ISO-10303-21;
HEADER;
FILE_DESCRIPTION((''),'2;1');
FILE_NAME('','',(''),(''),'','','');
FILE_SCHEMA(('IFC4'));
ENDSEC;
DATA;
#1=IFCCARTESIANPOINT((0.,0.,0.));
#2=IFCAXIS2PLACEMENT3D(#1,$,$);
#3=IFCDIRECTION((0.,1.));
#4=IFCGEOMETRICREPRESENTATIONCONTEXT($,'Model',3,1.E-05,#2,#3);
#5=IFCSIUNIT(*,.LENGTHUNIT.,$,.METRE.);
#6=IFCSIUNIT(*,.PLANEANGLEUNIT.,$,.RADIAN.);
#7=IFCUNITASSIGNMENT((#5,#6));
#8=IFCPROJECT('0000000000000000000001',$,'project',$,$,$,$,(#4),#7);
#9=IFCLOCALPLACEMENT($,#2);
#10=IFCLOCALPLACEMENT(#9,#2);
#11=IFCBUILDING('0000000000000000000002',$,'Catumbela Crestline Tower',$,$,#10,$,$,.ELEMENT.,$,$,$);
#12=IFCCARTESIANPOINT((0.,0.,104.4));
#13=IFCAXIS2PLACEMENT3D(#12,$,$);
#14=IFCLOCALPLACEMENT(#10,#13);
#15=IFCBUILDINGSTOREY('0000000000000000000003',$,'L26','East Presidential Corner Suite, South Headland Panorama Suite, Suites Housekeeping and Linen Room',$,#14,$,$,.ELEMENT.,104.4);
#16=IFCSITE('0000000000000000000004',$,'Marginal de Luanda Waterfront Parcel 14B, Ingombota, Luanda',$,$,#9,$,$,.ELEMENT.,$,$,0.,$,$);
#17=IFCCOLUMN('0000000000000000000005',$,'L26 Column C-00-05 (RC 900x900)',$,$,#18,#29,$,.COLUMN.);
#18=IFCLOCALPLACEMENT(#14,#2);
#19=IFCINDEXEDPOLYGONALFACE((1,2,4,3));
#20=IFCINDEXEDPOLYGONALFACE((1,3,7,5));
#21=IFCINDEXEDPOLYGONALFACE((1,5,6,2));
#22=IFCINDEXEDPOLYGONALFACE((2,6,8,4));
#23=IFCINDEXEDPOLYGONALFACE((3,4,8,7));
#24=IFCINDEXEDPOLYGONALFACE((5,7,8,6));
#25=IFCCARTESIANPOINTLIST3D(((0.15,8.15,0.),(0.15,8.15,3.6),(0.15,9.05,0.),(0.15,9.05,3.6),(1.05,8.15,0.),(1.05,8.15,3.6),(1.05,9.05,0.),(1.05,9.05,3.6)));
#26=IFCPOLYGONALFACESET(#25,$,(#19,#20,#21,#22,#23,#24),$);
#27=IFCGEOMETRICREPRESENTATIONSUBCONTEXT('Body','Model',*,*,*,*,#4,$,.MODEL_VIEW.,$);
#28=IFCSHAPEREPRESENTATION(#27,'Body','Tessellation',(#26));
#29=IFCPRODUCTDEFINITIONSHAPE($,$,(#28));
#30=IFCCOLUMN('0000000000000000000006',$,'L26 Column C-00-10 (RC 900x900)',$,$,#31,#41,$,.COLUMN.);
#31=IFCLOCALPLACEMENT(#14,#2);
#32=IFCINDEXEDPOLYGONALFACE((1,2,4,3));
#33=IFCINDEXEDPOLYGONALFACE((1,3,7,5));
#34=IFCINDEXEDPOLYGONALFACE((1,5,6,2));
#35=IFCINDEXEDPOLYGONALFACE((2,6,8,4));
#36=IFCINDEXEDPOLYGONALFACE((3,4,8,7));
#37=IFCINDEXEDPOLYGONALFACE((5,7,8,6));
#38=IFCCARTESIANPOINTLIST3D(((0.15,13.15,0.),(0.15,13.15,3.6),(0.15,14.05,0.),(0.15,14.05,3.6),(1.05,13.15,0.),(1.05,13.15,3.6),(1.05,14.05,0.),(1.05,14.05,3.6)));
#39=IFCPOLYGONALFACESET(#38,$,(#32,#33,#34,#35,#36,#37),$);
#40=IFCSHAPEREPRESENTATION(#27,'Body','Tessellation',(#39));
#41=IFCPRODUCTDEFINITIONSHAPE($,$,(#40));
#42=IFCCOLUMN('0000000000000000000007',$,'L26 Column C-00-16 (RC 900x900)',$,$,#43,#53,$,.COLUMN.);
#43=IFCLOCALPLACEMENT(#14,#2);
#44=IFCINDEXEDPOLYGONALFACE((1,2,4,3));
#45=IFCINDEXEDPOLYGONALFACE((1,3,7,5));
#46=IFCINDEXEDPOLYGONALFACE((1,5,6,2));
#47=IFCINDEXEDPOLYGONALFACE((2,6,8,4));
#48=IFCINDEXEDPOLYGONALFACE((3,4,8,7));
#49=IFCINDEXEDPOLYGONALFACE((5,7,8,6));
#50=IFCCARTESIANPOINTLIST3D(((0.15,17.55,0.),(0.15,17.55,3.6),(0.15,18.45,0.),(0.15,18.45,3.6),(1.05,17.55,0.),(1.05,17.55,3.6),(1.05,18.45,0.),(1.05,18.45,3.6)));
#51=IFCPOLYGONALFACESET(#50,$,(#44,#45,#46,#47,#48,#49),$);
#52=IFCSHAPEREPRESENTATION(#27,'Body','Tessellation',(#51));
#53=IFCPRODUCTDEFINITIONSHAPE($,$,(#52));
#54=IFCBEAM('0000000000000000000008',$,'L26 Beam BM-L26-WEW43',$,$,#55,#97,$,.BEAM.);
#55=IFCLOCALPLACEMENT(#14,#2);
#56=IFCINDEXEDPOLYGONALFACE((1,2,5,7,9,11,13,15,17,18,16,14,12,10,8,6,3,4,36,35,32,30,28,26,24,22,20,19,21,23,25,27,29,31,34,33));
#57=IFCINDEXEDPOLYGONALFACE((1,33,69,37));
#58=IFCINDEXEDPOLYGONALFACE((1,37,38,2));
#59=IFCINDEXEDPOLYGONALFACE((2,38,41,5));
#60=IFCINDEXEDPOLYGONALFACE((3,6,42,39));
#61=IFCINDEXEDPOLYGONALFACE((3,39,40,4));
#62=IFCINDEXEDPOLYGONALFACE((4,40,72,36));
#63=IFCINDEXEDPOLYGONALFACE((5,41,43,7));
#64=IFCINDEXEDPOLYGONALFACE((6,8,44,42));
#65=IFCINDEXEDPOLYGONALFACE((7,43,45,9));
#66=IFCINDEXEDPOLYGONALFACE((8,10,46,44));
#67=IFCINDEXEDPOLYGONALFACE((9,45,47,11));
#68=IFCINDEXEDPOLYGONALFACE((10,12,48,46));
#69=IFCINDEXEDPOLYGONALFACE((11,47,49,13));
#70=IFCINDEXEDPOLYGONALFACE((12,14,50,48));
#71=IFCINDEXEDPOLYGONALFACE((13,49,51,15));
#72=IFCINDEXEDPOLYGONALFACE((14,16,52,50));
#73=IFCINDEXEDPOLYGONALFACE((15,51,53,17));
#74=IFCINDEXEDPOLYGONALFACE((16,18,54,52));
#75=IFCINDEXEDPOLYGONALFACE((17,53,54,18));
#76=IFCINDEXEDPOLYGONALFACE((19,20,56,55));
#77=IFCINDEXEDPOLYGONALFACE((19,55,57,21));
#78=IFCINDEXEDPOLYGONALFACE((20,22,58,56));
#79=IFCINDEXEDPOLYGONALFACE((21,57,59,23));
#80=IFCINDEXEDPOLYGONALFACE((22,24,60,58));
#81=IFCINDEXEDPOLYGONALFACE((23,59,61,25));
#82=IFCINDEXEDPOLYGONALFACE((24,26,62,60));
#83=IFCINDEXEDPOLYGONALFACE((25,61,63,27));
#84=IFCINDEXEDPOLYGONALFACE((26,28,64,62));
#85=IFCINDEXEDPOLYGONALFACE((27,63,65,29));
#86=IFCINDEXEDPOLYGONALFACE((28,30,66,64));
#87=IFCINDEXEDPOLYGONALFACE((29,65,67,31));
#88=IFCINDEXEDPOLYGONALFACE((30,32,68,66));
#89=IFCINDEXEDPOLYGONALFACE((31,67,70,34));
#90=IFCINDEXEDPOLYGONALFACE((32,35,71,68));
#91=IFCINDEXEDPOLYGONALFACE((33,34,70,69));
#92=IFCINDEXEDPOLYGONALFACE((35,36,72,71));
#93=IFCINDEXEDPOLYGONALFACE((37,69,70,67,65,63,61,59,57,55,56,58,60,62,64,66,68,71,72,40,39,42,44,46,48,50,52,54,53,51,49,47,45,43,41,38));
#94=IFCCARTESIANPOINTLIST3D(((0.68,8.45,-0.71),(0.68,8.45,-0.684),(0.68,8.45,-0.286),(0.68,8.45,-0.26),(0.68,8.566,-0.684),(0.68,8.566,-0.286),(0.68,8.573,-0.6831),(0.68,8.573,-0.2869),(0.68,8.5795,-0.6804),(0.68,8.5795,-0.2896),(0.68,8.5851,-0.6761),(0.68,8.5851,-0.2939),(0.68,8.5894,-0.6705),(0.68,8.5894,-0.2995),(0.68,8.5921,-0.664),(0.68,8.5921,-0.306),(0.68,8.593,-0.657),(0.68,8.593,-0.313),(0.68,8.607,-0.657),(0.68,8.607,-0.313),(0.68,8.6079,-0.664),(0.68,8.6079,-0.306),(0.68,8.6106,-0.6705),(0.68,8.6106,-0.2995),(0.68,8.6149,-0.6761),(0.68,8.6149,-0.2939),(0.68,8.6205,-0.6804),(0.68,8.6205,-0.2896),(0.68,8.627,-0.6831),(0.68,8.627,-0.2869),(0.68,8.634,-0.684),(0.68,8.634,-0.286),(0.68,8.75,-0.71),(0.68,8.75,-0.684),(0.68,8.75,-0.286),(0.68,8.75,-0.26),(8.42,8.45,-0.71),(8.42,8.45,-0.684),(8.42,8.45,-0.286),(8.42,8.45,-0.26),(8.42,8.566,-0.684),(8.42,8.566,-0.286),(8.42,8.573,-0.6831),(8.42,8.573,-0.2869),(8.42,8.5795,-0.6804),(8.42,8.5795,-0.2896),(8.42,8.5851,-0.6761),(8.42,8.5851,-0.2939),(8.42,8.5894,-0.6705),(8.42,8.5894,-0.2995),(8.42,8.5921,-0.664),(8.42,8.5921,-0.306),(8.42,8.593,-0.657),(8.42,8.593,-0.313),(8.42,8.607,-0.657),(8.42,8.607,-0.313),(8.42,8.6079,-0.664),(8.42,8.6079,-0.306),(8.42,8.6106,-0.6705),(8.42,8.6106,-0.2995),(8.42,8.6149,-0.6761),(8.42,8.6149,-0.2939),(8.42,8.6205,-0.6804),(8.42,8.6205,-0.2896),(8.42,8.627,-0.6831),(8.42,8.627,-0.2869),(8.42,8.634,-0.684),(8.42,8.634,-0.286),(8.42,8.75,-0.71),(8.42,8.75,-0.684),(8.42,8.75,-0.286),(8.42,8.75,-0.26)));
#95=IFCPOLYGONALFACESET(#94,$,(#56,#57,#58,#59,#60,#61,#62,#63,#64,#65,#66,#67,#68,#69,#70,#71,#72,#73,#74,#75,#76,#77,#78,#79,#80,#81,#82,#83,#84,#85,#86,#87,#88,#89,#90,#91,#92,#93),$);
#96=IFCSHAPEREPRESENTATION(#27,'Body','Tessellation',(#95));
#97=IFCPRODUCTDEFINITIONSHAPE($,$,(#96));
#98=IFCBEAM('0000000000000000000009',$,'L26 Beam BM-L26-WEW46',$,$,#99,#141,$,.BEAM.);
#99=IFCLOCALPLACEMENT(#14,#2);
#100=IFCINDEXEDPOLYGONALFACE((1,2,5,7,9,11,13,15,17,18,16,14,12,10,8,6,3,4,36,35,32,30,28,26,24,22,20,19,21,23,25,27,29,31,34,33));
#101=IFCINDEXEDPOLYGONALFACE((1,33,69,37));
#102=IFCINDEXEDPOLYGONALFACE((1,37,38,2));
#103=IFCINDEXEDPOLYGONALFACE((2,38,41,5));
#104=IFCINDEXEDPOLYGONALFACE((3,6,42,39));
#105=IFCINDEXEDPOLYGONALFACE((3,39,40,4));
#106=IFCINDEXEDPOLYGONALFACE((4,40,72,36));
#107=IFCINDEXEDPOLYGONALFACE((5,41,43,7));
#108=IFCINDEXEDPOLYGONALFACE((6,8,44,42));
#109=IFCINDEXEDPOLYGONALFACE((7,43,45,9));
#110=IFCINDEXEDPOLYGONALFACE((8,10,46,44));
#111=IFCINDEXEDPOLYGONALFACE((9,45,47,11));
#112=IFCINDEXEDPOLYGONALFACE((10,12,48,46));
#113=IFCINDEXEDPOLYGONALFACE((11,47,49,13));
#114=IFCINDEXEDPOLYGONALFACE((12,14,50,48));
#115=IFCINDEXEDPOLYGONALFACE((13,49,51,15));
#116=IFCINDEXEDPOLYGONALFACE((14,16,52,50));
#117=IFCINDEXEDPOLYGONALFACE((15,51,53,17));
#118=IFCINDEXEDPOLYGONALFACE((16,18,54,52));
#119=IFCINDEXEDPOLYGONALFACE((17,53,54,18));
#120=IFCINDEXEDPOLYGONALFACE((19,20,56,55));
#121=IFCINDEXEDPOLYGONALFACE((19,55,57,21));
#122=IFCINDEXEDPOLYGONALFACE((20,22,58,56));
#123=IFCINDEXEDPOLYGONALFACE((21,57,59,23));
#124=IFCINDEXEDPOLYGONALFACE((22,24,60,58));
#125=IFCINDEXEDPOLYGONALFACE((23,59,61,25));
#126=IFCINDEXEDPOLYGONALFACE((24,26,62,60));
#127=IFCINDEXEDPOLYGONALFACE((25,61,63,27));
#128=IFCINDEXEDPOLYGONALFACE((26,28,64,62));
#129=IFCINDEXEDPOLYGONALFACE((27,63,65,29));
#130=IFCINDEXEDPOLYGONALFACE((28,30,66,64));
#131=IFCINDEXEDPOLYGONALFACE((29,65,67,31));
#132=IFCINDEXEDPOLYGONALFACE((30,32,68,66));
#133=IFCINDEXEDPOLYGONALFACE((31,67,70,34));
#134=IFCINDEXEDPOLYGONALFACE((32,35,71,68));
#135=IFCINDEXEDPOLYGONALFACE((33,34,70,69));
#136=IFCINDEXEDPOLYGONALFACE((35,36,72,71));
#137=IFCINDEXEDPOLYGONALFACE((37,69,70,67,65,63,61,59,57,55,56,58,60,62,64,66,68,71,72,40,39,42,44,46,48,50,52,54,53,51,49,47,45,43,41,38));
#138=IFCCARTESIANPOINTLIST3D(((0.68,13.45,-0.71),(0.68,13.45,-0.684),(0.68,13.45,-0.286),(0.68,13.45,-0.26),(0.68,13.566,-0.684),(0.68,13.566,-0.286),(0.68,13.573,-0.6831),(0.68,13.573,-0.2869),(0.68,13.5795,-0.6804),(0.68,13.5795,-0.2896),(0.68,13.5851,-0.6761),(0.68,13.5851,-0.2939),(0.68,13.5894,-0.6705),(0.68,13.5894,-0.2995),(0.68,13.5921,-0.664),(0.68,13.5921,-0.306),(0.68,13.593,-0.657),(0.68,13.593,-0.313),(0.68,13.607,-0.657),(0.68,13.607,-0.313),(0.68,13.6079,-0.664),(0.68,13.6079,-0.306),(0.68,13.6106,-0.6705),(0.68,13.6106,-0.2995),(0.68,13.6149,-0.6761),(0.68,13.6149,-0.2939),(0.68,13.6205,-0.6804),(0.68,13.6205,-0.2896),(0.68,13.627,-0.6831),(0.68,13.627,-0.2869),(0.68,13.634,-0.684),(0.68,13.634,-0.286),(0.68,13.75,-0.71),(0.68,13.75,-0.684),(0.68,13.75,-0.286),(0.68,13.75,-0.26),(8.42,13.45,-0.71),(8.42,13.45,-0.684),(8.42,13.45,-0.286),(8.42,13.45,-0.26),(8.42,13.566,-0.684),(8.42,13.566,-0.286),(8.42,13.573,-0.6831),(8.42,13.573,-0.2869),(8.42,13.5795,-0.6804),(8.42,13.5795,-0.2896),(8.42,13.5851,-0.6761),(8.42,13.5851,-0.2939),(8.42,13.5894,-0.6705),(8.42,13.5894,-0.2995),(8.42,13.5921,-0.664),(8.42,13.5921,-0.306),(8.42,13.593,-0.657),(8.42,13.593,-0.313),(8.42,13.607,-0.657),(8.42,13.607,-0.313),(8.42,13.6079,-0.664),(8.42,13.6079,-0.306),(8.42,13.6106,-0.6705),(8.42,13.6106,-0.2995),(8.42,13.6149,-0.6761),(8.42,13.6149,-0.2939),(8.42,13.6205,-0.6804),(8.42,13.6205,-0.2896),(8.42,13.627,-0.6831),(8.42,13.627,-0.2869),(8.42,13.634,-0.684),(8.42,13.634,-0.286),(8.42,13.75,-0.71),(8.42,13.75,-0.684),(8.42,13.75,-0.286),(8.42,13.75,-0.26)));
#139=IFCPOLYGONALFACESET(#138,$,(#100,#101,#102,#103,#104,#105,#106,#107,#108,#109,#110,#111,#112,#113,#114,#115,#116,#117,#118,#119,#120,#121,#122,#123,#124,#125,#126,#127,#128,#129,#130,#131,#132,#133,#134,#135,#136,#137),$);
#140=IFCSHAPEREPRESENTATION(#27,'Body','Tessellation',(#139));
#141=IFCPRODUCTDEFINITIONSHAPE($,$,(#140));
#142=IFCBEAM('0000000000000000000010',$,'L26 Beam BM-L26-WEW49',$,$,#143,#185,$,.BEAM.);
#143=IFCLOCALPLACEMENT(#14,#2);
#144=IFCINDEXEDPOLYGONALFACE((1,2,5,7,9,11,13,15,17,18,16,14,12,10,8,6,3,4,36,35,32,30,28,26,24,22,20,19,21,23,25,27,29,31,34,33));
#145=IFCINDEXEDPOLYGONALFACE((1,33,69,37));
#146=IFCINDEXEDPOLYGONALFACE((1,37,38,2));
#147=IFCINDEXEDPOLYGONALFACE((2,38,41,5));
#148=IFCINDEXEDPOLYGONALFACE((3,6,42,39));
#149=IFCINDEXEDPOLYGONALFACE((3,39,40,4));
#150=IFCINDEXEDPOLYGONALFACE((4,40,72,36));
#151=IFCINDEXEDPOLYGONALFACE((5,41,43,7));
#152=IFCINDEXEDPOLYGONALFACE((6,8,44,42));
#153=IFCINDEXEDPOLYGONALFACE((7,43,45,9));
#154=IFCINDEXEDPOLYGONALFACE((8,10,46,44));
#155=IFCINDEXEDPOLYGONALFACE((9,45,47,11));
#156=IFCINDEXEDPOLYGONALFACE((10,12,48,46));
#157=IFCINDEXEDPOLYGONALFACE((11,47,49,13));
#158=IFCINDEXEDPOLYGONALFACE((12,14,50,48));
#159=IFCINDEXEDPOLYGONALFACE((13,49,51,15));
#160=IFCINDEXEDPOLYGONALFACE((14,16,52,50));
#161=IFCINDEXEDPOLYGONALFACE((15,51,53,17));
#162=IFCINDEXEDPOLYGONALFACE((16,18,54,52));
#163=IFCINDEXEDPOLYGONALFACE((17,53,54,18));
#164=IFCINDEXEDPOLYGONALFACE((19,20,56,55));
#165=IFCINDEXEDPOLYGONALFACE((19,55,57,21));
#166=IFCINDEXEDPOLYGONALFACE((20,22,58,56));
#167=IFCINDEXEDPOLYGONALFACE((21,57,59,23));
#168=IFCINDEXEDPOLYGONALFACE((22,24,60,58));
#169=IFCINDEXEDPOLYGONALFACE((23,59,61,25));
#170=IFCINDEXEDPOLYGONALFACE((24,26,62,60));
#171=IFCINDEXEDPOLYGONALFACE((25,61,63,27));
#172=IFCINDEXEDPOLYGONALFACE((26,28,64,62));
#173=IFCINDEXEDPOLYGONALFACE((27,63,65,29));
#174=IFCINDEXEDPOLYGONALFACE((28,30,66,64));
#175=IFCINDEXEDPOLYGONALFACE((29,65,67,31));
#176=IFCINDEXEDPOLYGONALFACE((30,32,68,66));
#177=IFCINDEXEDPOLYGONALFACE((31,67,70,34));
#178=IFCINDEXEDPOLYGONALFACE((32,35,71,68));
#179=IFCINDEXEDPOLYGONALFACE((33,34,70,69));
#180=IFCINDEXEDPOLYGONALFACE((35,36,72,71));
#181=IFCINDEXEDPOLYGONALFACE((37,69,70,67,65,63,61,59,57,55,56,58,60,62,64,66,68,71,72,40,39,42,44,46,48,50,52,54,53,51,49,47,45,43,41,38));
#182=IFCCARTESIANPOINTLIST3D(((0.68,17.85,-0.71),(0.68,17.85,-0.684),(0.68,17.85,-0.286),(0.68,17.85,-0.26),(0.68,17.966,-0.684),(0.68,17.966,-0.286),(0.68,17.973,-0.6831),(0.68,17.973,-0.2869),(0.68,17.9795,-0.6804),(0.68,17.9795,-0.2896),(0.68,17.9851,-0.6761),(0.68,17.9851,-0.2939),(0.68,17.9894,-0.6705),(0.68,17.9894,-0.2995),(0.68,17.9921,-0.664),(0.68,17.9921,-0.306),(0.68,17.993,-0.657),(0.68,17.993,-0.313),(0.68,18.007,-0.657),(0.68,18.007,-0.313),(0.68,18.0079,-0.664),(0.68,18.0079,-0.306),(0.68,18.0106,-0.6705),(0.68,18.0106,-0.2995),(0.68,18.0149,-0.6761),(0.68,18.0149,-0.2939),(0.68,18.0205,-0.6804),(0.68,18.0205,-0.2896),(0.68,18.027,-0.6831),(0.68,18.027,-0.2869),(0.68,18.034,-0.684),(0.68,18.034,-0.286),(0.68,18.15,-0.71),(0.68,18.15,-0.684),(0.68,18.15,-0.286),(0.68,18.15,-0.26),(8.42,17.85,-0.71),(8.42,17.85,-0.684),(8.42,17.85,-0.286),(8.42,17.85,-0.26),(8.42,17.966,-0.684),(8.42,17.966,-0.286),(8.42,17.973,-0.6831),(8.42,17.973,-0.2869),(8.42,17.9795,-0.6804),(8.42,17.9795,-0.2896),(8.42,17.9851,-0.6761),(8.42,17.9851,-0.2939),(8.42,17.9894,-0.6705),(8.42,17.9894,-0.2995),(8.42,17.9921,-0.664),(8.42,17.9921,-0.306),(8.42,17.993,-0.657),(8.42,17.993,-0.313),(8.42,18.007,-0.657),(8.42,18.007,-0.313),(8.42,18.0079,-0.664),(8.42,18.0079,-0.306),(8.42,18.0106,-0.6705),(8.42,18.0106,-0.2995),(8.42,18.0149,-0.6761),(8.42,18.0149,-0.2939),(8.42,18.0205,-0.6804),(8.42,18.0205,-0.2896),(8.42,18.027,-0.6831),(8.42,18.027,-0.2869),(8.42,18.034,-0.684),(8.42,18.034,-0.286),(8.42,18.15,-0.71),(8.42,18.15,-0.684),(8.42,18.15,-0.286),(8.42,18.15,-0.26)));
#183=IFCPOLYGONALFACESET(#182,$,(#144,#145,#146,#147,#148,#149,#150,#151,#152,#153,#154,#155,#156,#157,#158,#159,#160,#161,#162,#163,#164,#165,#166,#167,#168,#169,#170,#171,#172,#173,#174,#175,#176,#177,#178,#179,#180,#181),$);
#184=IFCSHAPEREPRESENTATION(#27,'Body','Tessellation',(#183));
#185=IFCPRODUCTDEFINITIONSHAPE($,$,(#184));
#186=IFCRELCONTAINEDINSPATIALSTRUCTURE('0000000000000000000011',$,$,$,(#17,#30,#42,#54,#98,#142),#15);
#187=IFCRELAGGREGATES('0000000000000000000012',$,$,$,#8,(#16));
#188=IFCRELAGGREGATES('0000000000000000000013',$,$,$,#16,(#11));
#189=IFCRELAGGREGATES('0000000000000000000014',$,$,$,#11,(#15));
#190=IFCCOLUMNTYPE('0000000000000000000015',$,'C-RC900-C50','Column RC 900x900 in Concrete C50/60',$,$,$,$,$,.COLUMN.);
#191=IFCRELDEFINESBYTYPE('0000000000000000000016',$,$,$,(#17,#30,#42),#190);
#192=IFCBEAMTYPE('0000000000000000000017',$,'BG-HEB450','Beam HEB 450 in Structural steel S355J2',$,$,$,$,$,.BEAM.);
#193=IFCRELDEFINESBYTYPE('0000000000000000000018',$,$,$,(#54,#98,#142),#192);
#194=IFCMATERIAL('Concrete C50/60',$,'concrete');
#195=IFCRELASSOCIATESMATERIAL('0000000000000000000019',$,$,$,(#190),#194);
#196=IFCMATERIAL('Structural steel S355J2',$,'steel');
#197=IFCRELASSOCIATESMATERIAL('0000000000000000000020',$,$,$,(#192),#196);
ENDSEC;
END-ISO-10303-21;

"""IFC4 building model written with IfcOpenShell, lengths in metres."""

from ifc_helpers import new_model, si_unit, direction, frame, origin, origin_2d, place, context, subcontext, project, spatial, rectangle, i_section, extrude, material, material_profile, profile_set, type_object, element, save


model = new_model("IFC4")

# Units and contexts
model_context = context("Model", 3, precision=1e-05, world=origin(), true_north=direction((0.0, 1.0)))
body_context = subcontext(model_context, "Body", "Model", "MODEL_VIEW")
ifc_project = project(units=[si_unit("LENGTHUNIT", "METRE"), si_unit("PLANEANGLEUNIT", "RADIAN")], contexts=[model_context])

# Site, building, storey
site_placement = place(None, origin())
site = spatial("IfcSite", under=ifc_project, at=site_placement, Name="Marginal de Luanda Waterfront Parcel 14B, Ingombota, Luanda", CompositionType="ELEMENT", RefElevation=0.0)
building_placement = place(site_placement, origin())
building = spatial("IfcBuilding", under=site, at=building_placement, Name="Catumbela Crestline Tower", CompositionType="ELEMENT")
storey_placement = place(building_placement, frame((0.0, 0.0, 104.4)))
storey = spatial("IfcBuildingStorey", under=building, at=storey_placement, Name="L26", Description="East Presidential Corner Suite, South Headland Panorama Suite, Suites Housekeeping and Linen Room", CompositionType="ELEMENT", Elevation=104.4)

# Columns
ifc_material_1 = material(Name="Concrete C50/60", Category="concrete")
ifc_material_profile_1 = material_profile(ifc_material_1, rectangle(XDim=0.9, YDim=0.9, at=origin_2d()), Name="RC 900x900")
ifc_profile_set_1 = profile_set([ifc_material_profile_1], Name="Concrete C50/60")
column_type = type_object("IfcColumnType", Name="C-RC900-C50", Description="Column RC 900x900 in Concrete C50/60", PredefinedType="COLUMN", material=ifc_profile_set_1)
for number, where, z_axis, x_axis, name in (
    (1, (0.6, 8.6, 0.0), (0.0, 0.0, 1.0), (1.0, 0.0, 0.0), "L26 Column C-00-05 (RC 900x900)"),
    (2, (0.6, 13.6, 0.0), (0.0, 0.0, 1.0), (1.0, 0.0, 0.0), "L26 Column C-00-10 (RC 900x900)"),
    (3, (0.6, 18.0, 0.0), (0.0, 0.0, 1.0), (1.0, 0.0, 0.0), "L26 Column C-00-16 (RC 900x900)"),
):
    element("IfcColumn", number, at=place(storey_placement, frame(where, z_axis=z_axis, x_axis=x_axis)), inside=storey, type_object=column_type, Name=name, PredefinedType="COLUMN", context=body_context, shape_type="SweptSolid", body=[
        extrude(rectangle(XDim=0.9, YDim=0.9, at=origin_2d()), origin(), (0.0, 0.0, 1.0), 3.6),
    ])

# Beams
ifc_material_2 = material(Name="Structural steel S355J2", Category="steel")
ifc_material_profile_2 = material_profile(ifc_material_2, i_section(OverallWidth=0.3, OverallDepth=0.45, WebThickness=0.014, FlangeThickness=0.026, FilletRadius=0.027, at=origin_2d()), Name="HEB 450")
ifc_profile_set_2 = profile_set([ifc_material_profile_2], Name="Structural steel S355J2")
beam_type_1 = type_object("IfcBeamType", Name="BG-HEB450", Description="Beam HEB 450 in Structural steel S355J2", PredefinedType="BEAM", material=ifc_profile_set_2)
for number, where, z_axis, x_axis, name in (
    (4, (0.68, 8.6, -0.485), (1.0, 0.0, 0.0), (0.0, 1.0, 0.0), "L26 Beam BM-L26-WEW43"),
    (5, (0.68, 13.6, -0.485), (1.0, 0.0, 0.0), (0.0, 1.0, 0.0), "L26 Beam BM-L26-WEW46"),
    (6, (0.68, 18.0, -0.485), (1.0, 0.0, 0.0), (0.0, 1.0, 0.0), "L26 Beam BM-L26-WEW49"),
):
    element("IfcBeam", number, at=place(storey_placement, frame(where, z_axis=z_axis, x_axis=x_axis)), inside=storey, type_object=beam_type_1, Name=name, PredefinedType="BEAM", context=body_context, shape_type="SweptSolid", body=[
        extrude(i_section(OverallWidth=0.3, OverallDepth=0.45, WebThickness=0.014, FlangeThickness=0.026, FilletRadius=0.027, at=origin_2d()), origin(), (0.0, 0.0, 1.0), 7.74),
    ])

save(model, "model.ifc")
